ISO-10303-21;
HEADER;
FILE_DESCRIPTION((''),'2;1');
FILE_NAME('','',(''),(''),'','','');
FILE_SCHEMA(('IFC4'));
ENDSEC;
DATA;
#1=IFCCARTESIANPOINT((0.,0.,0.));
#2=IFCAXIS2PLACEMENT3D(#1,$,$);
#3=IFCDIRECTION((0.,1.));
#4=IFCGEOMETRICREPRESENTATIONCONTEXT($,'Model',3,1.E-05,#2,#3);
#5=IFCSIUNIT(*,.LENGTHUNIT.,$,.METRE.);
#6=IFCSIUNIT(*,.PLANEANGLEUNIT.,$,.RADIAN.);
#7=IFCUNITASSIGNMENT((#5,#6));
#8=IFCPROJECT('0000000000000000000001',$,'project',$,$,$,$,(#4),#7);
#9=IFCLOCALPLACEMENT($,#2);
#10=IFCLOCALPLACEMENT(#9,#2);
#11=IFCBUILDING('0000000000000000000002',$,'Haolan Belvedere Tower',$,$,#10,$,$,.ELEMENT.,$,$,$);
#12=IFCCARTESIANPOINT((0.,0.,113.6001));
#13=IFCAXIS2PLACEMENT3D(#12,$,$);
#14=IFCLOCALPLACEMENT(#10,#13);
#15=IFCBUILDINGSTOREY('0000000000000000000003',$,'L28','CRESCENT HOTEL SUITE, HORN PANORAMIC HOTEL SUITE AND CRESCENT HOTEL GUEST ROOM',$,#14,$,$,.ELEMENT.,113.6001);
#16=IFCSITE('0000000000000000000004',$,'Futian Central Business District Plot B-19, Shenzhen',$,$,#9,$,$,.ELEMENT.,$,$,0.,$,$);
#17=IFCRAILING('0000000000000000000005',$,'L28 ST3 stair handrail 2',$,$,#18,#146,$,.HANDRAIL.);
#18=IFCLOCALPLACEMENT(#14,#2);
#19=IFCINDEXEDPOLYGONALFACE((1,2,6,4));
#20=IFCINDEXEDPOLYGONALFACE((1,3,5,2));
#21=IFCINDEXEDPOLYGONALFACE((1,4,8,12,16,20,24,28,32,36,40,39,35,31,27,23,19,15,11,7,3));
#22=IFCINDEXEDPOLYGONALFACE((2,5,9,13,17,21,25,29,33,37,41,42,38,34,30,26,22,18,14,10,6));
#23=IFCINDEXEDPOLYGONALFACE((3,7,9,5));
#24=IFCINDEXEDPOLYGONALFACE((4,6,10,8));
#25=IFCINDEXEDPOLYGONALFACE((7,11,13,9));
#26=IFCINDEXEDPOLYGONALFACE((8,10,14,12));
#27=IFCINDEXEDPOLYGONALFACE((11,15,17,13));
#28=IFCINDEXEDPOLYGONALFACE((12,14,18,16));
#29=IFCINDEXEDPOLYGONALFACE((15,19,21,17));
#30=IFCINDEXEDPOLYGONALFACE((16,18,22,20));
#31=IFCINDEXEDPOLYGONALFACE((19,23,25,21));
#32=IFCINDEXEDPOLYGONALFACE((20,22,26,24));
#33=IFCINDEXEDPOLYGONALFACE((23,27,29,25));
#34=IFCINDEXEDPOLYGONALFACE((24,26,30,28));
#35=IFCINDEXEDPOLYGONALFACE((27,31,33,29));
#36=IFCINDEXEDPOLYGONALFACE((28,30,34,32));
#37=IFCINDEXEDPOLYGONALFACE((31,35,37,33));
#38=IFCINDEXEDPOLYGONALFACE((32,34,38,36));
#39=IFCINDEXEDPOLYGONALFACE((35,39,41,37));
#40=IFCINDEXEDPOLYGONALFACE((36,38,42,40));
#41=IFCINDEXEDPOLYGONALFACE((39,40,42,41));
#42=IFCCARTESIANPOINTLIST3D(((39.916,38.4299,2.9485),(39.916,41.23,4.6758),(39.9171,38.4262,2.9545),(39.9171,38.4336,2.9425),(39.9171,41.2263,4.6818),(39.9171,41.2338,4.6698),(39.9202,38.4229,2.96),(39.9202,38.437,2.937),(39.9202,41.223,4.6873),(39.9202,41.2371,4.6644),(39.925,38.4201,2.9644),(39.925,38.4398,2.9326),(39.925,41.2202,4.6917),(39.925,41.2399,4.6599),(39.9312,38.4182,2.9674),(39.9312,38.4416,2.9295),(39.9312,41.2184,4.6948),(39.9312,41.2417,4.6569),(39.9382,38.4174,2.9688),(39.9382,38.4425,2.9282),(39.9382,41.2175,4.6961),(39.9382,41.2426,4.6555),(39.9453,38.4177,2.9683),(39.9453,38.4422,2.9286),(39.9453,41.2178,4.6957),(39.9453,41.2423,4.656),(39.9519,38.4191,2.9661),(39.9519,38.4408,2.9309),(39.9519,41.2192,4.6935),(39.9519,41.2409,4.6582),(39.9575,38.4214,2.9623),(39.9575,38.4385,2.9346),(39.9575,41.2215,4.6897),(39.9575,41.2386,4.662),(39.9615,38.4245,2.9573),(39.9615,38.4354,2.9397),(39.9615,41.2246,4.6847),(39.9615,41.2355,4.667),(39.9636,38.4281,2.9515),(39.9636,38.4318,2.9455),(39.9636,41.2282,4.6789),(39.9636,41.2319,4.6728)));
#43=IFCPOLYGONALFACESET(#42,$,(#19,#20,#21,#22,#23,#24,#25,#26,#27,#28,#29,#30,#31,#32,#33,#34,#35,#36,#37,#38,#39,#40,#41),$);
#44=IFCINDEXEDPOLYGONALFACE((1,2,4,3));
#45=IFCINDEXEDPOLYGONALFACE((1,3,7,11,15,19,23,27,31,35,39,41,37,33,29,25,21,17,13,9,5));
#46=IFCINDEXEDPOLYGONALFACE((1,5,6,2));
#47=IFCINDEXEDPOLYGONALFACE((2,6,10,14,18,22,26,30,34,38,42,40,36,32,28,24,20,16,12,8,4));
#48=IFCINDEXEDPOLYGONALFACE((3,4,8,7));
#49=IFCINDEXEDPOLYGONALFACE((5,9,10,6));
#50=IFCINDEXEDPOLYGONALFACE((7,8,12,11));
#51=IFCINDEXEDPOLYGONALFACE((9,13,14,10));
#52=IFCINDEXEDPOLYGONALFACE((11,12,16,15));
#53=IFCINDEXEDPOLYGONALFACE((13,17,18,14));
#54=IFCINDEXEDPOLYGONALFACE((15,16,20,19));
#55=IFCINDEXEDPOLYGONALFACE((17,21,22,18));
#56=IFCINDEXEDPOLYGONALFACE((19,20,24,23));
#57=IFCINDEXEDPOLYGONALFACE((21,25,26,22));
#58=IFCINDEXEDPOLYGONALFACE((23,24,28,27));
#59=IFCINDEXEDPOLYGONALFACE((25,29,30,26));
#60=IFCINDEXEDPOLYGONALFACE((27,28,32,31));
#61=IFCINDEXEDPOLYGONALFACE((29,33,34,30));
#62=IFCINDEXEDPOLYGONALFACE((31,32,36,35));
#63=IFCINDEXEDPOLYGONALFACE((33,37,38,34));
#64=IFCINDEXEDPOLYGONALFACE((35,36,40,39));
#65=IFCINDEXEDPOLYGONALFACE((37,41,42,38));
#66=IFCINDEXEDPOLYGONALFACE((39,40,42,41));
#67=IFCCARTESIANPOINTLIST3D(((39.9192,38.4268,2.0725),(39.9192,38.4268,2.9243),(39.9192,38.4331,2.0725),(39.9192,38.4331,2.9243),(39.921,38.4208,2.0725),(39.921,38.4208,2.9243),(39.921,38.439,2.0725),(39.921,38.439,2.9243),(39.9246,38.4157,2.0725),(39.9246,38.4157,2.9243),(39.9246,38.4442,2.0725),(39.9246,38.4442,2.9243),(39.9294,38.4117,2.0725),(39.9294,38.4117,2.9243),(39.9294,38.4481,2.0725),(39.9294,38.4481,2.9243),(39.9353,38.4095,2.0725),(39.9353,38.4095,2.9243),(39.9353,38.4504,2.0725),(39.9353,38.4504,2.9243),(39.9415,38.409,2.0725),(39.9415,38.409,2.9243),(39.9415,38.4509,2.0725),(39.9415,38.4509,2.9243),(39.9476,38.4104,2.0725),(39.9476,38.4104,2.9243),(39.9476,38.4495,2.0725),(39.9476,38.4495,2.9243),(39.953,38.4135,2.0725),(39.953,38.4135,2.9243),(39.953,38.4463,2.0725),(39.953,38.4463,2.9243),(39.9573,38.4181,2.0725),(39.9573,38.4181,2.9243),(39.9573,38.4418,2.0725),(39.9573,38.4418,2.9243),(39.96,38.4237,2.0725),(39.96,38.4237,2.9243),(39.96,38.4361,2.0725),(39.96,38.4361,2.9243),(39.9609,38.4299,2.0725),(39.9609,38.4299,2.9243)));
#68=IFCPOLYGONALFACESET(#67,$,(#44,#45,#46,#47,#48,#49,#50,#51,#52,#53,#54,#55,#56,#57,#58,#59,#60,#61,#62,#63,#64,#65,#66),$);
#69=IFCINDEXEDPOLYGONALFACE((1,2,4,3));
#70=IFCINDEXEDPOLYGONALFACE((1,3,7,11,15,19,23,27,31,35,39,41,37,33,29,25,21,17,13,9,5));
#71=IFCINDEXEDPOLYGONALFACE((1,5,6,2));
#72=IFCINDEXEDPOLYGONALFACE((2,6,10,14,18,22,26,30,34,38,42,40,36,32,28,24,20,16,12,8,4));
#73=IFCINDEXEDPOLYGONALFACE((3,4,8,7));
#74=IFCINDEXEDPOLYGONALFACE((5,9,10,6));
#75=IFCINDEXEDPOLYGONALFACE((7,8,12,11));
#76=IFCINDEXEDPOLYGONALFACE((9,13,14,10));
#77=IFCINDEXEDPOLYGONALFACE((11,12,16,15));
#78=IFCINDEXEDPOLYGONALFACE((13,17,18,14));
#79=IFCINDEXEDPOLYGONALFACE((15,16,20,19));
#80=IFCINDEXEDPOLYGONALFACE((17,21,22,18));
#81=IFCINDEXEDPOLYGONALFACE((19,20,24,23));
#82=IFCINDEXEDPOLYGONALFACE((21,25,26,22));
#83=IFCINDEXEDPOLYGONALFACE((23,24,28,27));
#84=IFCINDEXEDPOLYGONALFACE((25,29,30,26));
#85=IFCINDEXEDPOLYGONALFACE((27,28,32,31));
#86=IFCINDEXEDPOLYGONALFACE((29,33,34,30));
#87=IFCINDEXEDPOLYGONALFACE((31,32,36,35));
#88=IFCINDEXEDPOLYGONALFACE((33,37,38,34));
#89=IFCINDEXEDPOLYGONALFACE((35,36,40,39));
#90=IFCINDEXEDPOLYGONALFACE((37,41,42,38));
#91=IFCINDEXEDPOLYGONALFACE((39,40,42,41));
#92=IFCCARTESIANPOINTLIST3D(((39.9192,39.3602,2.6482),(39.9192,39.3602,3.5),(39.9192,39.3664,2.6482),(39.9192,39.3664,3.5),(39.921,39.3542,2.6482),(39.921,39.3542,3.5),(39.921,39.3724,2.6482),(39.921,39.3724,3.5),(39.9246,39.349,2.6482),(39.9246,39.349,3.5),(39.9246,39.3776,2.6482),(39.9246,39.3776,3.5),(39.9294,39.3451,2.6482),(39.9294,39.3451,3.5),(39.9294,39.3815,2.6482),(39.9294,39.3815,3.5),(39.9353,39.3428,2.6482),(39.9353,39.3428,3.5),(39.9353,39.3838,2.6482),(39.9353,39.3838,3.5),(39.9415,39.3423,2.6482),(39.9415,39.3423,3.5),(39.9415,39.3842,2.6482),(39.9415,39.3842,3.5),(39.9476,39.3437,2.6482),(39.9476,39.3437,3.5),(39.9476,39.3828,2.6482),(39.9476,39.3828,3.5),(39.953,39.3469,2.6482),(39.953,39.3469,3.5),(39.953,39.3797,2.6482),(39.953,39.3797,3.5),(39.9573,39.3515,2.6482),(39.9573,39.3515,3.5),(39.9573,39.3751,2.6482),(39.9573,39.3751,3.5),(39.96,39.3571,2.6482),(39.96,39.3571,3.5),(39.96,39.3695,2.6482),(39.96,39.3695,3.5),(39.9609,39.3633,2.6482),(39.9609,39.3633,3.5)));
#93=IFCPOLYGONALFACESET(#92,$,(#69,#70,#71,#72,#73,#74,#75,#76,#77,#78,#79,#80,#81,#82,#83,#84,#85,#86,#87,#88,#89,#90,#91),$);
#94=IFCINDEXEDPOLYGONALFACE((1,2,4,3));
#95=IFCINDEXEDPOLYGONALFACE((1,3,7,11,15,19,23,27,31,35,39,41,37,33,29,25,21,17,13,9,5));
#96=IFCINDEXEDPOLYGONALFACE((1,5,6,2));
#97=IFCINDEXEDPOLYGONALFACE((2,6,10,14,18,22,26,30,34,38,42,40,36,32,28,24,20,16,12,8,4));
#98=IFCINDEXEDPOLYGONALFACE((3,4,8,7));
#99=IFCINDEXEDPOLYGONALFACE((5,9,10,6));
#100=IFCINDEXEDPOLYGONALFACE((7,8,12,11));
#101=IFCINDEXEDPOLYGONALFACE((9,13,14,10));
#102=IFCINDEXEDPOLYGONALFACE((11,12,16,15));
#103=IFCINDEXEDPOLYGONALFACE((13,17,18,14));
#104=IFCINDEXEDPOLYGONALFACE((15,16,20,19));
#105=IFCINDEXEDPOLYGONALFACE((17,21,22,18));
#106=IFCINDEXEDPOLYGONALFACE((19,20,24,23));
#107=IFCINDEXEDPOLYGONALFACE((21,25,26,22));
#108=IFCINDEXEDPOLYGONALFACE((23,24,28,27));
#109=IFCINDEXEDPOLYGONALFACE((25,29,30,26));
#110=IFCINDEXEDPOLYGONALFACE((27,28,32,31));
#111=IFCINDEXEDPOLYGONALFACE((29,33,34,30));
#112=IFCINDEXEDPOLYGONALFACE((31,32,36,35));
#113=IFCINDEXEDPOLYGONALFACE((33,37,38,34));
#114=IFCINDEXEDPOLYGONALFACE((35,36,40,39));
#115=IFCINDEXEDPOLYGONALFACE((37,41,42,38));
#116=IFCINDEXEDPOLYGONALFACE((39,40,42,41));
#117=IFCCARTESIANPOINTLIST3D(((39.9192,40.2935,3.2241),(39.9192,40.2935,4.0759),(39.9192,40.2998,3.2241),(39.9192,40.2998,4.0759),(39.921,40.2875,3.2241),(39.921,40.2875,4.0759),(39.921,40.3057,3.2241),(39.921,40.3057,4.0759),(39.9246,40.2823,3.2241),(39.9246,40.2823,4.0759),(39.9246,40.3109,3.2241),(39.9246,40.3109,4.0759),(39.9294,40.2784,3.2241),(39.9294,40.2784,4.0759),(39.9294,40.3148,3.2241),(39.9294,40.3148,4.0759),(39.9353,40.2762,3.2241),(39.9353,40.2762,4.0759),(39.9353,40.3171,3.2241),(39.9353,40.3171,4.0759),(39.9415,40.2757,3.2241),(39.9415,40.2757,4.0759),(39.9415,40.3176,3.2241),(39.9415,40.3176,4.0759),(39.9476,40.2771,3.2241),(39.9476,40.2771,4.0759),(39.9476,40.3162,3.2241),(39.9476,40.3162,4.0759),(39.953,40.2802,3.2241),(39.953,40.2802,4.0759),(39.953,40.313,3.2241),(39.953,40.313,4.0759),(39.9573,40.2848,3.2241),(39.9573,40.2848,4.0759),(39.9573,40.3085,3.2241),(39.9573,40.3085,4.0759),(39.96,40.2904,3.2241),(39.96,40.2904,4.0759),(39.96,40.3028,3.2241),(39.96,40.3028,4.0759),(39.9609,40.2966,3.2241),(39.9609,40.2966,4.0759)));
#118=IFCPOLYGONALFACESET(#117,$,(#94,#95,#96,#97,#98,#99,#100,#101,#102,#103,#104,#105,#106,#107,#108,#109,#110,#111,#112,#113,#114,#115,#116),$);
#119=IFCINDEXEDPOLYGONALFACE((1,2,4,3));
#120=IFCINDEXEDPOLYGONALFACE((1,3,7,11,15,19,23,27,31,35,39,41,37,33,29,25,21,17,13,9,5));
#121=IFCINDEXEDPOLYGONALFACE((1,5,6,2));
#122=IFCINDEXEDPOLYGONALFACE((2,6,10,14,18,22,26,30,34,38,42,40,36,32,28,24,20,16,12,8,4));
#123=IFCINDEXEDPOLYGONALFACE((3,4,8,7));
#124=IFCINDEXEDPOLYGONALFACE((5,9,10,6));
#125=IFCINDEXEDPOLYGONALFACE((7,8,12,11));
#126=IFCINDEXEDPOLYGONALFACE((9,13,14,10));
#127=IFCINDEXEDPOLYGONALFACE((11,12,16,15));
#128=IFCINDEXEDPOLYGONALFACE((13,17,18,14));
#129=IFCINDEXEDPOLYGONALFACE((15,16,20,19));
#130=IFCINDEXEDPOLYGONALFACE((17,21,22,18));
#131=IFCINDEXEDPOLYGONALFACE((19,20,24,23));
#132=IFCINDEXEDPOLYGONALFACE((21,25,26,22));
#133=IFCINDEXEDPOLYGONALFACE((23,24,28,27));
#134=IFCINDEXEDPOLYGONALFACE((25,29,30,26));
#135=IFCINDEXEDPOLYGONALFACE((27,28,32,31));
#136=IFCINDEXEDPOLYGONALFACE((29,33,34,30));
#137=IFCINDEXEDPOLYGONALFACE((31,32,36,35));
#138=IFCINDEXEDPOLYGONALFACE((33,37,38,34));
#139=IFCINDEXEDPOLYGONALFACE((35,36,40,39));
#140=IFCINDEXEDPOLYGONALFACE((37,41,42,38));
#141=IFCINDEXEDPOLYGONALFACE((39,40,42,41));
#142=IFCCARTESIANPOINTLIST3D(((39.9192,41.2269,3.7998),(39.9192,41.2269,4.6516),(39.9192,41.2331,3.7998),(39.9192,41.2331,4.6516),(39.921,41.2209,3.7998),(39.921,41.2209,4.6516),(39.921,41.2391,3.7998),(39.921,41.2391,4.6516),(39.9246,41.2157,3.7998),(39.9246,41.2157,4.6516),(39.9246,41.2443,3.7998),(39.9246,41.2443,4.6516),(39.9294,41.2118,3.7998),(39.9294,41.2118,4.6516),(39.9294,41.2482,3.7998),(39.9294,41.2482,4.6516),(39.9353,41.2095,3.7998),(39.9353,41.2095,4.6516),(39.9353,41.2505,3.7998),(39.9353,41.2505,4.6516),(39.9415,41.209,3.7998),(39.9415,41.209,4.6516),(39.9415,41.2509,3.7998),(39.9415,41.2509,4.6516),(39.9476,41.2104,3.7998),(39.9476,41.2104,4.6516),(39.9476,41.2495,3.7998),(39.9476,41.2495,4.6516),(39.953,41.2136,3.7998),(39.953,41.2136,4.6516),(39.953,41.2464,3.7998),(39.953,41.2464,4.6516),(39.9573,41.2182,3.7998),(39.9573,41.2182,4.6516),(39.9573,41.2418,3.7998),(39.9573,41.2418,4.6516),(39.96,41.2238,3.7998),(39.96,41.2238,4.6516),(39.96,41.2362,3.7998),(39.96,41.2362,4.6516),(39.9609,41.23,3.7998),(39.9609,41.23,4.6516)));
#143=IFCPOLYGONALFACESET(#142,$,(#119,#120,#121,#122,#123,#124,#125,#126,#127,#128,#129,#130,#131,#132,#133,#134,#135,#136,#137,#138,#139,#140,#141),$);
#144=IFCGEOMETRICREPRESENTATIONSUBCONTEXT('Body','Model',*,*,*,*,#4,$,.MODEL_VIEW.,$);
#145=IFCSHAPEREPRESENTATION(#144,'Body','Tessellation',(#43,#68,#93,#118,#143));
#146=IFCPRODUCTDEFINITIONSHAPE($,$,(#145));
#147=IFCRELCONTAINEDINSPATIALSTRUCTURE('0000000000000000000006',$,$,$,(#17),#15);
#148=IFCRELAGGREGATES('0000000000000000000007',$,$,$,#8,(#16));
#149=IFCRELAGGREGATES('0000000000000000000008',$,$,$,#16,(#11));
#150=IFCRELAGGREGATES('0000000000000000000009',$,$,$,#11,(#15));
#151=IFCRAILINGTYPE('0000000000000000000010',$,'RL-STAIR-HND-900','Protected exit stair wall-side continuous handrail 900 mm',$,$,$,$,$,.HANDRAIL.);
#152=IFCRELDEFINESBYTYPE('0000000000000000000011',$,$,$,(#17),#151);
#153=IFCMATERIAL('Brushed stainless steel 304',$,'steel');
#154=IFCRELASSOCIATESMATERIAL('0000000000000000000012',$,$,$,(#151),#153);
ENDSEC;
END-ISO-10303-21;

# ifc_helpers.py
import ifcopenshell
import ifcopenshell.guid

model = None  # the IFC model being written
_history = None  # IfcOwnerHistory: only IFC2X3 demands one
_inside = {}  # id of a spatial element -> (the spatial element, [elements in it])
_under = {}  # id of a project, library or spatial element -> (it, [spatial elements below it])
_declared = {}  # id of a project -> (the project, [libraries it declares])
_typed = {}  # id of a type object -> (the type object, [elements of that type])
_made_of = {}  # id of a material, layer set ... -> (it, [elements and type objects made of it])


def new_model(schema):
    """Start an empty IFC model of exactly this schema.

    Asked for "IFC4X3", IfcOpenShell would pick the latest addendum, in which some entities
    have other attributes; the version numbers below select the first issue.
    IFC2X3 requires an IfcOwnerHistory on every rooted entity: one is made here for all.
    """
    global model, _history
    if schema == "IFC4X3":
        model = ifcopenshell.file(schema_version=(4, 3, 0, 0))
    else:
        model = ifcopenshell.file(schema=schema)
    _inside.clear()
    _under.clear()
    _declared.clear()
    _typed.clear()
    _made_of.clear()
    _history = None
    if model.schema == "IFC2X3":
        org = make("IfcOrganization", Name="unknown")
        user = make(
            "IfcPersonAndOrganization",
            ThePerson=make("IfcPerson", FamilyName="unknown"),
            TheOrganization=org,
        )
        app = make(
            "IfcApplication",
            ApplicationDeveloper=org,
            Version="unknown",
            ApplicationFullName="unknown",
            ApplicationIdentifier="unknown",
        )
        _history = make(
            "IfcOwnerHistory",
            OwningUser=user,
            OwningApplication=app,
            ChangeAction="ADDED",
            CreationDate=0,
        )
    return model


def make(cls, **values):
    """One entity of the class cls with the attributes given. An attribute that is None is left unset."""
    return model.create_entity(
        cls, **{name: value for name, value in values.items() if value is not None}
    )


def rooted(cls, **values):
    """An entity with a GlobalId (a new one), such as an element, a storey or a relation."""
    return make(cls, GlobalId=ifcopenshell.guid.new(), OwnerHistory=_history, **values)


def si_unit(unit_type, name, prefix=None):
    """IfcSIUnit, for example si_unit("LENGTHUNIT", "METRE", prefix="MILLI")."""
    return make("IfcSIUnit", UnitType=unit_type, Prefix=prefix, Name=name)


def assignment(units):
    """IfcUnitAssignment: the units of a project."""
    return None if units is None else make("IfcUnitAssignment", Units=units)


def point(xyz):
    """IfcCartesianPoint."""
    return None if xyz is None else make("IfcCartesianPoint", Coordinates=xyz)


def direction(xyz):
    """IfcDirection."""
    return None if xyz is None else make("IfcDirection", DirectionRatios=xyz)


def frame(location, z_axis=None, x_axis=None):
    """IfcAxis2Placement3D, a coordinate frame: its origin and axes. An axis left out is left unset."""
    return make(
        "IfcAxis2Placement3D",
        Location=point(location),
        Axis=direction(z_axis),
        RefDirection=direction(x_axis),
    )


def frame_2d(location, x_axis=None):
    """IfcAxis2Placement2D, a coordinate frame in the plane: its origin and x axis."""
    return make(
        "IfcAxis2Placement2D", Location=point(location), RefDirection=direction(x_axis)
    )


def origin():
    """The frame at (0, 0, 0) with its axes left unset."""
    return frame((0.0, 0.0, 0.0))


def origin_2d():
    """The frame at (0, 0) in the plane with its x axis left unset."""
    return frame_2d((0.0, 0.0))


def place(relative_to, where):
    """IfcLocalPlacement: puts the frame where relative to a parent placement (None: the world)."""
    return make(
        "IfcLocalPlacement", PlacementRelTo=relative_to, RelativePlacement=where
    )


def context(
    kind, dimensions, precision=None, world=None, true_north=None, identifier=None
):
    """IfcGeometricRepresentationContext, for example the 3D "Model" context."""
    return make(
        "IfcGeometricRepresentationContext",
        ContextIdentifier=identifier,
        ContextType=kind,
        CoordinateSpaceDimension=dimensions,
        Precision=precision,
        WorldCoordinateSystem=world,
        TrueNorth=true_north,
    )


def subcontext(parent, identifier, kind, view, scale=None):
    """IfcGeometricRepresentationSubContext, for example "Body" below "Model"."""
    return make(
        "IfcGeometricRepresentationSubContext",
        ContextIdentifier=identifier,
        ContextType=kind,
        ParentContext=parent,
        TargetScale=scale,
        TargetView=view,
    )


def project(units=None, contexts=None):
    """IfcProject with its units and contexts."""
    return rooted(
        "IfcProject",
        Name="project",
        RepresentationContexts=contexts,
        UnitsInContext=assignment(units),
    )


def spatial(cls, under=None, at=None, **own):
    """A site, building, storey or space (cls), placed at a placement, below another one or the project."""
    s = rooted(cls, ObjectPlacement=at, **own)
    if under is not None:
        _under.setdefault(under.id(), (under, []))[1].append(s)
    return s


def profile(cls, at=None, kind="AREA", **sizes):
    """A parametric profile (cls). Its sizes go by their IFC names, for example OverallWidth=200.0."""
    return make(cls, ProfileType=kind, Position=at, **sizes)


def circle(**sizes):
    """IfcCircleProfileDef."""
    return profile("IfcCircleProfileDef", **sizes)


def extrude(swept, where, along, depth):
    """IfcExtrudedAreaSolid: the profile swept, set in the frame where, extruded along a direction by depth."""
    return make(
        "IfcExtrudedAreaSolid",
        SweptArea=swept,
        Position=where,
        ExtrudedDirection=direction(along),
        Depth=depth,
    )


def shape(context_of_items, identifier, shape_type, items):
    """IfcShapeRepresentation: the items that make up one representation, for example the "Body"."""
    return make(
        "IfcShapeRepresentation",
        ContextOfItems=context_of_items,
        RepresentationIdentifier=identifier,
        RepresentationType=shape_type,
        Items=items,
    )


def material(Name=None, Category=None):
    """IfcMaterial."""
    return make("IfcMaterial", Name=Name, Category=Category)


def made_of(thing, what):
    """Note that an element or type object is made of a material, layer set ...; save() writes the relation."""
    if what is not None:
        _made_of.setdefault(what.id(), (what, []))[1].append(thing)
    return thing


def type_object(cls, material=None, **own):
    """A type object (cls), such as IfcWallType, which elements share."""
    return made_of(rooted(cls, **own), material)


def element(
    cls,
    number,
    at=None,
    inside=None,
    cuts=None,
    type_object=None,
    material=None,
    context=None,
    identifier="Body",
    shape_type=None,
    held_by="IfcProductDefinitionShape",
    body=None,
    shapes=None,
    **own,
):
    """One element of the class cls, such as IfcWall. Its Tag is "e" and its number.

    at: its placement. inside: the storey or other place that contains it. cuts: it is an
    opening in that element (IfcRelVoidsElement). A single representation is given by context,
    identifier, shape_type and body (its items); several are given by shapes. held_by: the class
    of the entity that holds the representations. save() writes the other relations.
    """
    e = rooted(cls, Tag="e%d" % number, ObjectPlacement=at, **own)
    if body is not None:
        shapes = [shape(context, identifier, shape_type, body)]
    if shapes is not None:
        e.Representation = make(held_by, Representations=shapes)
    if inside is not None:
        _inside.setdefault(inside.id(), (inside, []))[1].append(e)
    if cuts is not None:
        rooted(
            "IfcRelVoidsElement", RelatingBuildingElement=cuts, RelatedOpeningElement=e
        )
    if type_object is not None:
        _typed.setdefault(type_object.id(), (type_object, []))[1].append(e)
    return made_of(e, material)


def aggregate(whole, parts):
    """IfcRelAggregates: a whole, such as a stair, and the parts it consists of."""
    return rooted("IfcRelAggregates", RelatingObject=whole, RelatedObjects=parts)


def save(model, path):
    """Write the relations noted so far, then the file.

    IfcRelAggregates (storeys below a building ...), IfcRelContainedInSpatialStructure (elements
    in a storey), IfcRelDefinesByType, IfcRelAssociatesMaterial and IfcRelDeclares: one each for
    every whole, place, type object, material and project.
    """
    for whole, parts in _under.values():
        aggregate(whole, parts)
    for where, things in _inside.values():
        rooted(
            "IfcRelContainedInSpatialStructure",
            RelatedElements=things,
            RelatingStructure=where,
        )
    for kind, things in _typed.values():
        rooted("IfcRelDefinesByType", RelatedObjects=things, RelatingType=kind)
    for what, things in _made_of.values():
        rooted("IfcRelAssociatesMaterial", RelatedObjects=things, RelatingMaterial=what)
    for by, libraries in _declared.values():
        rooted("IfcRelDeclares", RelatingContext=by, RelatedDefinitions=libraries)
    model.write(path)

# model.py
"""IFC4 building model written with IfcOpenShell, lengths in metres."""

from ifc_helpers import new_model, si_unit, direction, frame, origin, origin_2d, place, context, subcontext, project, spatial, circle, extrude, material, type_object, element, save


model = new_model("IFC4")

# Units and contexts
model_context = context("Model", 3, precision=1e-05, world=origin(), true_north=direction((0.0, 1.0)))
body_context = subcontext(model_context, "Body", "Model", "MODEL_VIEW")
ifc_project = project(units=[si_unit("LENGTHUNIT", "METRE"), si_unit("PLANEANGLEUNIT", "RADIAN")], contexts=[model_context])

# Site, building, storey
site_placement = place(None, origin())
site = spatial("IfcSite", under=ifc_project, at=site_placement, Name="Futian Central Business District Plot B-19, Shenzhen", CompositionType="ELEMENT", RefElevation=0.0)
building_placement = place(site_placement, origin())
building = spatial("IfcBuilding", under=site, at=building_placement, Name="Haolan Belvedere Tower", CompositionType="ELEMENT")
storey_placement = place(building_placement, frame((0.0, 0.0, 113.6001)))
storey = spatial("IfcBuildingStorey", under=building, at=storey_placement, Name="L28", Description="CRESCENT HOTEL SUITE, HORN PANORAMIC HOTEL SUITE AND CRESCENT HOTEL GUEST ROOM", CompositionType="ELEMENT", Elevation=113.6001)

# Railing
ifc_material_1 = material(Name="Brushed stainless steel 304", Category="steel")
railing_type_1 = type_object("IfcRailingType", Name="RL-STAIR-HND-900", Description="Protected exit stair wall-side continuous handrail 900 mm", PredefinedType="HANDRAIL", material=ifc_material_1)
railing_1_placement = place(storey_placement, frame((39.9399, 38.4299, 2.0725)))
element("IfcRailing", 1, at=railing_1_placement, inside=storey, type_object=railing_type_1, Name="L28 ST3 stair handrail 2", PredefinedType="HANDRAIL", context=body_context, shape_type="SweptSolid", body=[
    extrude(circle(Radius=0.0239, at=origin_2d()), frame((0.0, 0.0, 0.876), z_axis=(0.0, 0.85109, 0.52502), x_axis=(-1.0, 0.0, 0.0)), (0.0, 0.0, 1.0), 3.29),
    extrude(circle(Radius=0.021, at=origin_2d()), origin(), (0.0, 0.0, 1.0), 0.8518),
    extrude(circle(Radius=0.021, at=origin_2d()), frame((0.0, 0.9333, 0.5757)), (0.0, 0.0, 1.0), 0.8518),
    extrude(circle(Radius=0.021, at=origin_2d()), frame((0.0, 1.8667, 1.1516)), (0.0, 0.0, 1.0), 0.8518),
    extrude(circle(Radius=0.021, at=origin_2d()), frame((0.0, 2.8, 1.7273)), (0.0, 0.0, 1.0), 0.8518),
])

save(model, "model.ifc")
